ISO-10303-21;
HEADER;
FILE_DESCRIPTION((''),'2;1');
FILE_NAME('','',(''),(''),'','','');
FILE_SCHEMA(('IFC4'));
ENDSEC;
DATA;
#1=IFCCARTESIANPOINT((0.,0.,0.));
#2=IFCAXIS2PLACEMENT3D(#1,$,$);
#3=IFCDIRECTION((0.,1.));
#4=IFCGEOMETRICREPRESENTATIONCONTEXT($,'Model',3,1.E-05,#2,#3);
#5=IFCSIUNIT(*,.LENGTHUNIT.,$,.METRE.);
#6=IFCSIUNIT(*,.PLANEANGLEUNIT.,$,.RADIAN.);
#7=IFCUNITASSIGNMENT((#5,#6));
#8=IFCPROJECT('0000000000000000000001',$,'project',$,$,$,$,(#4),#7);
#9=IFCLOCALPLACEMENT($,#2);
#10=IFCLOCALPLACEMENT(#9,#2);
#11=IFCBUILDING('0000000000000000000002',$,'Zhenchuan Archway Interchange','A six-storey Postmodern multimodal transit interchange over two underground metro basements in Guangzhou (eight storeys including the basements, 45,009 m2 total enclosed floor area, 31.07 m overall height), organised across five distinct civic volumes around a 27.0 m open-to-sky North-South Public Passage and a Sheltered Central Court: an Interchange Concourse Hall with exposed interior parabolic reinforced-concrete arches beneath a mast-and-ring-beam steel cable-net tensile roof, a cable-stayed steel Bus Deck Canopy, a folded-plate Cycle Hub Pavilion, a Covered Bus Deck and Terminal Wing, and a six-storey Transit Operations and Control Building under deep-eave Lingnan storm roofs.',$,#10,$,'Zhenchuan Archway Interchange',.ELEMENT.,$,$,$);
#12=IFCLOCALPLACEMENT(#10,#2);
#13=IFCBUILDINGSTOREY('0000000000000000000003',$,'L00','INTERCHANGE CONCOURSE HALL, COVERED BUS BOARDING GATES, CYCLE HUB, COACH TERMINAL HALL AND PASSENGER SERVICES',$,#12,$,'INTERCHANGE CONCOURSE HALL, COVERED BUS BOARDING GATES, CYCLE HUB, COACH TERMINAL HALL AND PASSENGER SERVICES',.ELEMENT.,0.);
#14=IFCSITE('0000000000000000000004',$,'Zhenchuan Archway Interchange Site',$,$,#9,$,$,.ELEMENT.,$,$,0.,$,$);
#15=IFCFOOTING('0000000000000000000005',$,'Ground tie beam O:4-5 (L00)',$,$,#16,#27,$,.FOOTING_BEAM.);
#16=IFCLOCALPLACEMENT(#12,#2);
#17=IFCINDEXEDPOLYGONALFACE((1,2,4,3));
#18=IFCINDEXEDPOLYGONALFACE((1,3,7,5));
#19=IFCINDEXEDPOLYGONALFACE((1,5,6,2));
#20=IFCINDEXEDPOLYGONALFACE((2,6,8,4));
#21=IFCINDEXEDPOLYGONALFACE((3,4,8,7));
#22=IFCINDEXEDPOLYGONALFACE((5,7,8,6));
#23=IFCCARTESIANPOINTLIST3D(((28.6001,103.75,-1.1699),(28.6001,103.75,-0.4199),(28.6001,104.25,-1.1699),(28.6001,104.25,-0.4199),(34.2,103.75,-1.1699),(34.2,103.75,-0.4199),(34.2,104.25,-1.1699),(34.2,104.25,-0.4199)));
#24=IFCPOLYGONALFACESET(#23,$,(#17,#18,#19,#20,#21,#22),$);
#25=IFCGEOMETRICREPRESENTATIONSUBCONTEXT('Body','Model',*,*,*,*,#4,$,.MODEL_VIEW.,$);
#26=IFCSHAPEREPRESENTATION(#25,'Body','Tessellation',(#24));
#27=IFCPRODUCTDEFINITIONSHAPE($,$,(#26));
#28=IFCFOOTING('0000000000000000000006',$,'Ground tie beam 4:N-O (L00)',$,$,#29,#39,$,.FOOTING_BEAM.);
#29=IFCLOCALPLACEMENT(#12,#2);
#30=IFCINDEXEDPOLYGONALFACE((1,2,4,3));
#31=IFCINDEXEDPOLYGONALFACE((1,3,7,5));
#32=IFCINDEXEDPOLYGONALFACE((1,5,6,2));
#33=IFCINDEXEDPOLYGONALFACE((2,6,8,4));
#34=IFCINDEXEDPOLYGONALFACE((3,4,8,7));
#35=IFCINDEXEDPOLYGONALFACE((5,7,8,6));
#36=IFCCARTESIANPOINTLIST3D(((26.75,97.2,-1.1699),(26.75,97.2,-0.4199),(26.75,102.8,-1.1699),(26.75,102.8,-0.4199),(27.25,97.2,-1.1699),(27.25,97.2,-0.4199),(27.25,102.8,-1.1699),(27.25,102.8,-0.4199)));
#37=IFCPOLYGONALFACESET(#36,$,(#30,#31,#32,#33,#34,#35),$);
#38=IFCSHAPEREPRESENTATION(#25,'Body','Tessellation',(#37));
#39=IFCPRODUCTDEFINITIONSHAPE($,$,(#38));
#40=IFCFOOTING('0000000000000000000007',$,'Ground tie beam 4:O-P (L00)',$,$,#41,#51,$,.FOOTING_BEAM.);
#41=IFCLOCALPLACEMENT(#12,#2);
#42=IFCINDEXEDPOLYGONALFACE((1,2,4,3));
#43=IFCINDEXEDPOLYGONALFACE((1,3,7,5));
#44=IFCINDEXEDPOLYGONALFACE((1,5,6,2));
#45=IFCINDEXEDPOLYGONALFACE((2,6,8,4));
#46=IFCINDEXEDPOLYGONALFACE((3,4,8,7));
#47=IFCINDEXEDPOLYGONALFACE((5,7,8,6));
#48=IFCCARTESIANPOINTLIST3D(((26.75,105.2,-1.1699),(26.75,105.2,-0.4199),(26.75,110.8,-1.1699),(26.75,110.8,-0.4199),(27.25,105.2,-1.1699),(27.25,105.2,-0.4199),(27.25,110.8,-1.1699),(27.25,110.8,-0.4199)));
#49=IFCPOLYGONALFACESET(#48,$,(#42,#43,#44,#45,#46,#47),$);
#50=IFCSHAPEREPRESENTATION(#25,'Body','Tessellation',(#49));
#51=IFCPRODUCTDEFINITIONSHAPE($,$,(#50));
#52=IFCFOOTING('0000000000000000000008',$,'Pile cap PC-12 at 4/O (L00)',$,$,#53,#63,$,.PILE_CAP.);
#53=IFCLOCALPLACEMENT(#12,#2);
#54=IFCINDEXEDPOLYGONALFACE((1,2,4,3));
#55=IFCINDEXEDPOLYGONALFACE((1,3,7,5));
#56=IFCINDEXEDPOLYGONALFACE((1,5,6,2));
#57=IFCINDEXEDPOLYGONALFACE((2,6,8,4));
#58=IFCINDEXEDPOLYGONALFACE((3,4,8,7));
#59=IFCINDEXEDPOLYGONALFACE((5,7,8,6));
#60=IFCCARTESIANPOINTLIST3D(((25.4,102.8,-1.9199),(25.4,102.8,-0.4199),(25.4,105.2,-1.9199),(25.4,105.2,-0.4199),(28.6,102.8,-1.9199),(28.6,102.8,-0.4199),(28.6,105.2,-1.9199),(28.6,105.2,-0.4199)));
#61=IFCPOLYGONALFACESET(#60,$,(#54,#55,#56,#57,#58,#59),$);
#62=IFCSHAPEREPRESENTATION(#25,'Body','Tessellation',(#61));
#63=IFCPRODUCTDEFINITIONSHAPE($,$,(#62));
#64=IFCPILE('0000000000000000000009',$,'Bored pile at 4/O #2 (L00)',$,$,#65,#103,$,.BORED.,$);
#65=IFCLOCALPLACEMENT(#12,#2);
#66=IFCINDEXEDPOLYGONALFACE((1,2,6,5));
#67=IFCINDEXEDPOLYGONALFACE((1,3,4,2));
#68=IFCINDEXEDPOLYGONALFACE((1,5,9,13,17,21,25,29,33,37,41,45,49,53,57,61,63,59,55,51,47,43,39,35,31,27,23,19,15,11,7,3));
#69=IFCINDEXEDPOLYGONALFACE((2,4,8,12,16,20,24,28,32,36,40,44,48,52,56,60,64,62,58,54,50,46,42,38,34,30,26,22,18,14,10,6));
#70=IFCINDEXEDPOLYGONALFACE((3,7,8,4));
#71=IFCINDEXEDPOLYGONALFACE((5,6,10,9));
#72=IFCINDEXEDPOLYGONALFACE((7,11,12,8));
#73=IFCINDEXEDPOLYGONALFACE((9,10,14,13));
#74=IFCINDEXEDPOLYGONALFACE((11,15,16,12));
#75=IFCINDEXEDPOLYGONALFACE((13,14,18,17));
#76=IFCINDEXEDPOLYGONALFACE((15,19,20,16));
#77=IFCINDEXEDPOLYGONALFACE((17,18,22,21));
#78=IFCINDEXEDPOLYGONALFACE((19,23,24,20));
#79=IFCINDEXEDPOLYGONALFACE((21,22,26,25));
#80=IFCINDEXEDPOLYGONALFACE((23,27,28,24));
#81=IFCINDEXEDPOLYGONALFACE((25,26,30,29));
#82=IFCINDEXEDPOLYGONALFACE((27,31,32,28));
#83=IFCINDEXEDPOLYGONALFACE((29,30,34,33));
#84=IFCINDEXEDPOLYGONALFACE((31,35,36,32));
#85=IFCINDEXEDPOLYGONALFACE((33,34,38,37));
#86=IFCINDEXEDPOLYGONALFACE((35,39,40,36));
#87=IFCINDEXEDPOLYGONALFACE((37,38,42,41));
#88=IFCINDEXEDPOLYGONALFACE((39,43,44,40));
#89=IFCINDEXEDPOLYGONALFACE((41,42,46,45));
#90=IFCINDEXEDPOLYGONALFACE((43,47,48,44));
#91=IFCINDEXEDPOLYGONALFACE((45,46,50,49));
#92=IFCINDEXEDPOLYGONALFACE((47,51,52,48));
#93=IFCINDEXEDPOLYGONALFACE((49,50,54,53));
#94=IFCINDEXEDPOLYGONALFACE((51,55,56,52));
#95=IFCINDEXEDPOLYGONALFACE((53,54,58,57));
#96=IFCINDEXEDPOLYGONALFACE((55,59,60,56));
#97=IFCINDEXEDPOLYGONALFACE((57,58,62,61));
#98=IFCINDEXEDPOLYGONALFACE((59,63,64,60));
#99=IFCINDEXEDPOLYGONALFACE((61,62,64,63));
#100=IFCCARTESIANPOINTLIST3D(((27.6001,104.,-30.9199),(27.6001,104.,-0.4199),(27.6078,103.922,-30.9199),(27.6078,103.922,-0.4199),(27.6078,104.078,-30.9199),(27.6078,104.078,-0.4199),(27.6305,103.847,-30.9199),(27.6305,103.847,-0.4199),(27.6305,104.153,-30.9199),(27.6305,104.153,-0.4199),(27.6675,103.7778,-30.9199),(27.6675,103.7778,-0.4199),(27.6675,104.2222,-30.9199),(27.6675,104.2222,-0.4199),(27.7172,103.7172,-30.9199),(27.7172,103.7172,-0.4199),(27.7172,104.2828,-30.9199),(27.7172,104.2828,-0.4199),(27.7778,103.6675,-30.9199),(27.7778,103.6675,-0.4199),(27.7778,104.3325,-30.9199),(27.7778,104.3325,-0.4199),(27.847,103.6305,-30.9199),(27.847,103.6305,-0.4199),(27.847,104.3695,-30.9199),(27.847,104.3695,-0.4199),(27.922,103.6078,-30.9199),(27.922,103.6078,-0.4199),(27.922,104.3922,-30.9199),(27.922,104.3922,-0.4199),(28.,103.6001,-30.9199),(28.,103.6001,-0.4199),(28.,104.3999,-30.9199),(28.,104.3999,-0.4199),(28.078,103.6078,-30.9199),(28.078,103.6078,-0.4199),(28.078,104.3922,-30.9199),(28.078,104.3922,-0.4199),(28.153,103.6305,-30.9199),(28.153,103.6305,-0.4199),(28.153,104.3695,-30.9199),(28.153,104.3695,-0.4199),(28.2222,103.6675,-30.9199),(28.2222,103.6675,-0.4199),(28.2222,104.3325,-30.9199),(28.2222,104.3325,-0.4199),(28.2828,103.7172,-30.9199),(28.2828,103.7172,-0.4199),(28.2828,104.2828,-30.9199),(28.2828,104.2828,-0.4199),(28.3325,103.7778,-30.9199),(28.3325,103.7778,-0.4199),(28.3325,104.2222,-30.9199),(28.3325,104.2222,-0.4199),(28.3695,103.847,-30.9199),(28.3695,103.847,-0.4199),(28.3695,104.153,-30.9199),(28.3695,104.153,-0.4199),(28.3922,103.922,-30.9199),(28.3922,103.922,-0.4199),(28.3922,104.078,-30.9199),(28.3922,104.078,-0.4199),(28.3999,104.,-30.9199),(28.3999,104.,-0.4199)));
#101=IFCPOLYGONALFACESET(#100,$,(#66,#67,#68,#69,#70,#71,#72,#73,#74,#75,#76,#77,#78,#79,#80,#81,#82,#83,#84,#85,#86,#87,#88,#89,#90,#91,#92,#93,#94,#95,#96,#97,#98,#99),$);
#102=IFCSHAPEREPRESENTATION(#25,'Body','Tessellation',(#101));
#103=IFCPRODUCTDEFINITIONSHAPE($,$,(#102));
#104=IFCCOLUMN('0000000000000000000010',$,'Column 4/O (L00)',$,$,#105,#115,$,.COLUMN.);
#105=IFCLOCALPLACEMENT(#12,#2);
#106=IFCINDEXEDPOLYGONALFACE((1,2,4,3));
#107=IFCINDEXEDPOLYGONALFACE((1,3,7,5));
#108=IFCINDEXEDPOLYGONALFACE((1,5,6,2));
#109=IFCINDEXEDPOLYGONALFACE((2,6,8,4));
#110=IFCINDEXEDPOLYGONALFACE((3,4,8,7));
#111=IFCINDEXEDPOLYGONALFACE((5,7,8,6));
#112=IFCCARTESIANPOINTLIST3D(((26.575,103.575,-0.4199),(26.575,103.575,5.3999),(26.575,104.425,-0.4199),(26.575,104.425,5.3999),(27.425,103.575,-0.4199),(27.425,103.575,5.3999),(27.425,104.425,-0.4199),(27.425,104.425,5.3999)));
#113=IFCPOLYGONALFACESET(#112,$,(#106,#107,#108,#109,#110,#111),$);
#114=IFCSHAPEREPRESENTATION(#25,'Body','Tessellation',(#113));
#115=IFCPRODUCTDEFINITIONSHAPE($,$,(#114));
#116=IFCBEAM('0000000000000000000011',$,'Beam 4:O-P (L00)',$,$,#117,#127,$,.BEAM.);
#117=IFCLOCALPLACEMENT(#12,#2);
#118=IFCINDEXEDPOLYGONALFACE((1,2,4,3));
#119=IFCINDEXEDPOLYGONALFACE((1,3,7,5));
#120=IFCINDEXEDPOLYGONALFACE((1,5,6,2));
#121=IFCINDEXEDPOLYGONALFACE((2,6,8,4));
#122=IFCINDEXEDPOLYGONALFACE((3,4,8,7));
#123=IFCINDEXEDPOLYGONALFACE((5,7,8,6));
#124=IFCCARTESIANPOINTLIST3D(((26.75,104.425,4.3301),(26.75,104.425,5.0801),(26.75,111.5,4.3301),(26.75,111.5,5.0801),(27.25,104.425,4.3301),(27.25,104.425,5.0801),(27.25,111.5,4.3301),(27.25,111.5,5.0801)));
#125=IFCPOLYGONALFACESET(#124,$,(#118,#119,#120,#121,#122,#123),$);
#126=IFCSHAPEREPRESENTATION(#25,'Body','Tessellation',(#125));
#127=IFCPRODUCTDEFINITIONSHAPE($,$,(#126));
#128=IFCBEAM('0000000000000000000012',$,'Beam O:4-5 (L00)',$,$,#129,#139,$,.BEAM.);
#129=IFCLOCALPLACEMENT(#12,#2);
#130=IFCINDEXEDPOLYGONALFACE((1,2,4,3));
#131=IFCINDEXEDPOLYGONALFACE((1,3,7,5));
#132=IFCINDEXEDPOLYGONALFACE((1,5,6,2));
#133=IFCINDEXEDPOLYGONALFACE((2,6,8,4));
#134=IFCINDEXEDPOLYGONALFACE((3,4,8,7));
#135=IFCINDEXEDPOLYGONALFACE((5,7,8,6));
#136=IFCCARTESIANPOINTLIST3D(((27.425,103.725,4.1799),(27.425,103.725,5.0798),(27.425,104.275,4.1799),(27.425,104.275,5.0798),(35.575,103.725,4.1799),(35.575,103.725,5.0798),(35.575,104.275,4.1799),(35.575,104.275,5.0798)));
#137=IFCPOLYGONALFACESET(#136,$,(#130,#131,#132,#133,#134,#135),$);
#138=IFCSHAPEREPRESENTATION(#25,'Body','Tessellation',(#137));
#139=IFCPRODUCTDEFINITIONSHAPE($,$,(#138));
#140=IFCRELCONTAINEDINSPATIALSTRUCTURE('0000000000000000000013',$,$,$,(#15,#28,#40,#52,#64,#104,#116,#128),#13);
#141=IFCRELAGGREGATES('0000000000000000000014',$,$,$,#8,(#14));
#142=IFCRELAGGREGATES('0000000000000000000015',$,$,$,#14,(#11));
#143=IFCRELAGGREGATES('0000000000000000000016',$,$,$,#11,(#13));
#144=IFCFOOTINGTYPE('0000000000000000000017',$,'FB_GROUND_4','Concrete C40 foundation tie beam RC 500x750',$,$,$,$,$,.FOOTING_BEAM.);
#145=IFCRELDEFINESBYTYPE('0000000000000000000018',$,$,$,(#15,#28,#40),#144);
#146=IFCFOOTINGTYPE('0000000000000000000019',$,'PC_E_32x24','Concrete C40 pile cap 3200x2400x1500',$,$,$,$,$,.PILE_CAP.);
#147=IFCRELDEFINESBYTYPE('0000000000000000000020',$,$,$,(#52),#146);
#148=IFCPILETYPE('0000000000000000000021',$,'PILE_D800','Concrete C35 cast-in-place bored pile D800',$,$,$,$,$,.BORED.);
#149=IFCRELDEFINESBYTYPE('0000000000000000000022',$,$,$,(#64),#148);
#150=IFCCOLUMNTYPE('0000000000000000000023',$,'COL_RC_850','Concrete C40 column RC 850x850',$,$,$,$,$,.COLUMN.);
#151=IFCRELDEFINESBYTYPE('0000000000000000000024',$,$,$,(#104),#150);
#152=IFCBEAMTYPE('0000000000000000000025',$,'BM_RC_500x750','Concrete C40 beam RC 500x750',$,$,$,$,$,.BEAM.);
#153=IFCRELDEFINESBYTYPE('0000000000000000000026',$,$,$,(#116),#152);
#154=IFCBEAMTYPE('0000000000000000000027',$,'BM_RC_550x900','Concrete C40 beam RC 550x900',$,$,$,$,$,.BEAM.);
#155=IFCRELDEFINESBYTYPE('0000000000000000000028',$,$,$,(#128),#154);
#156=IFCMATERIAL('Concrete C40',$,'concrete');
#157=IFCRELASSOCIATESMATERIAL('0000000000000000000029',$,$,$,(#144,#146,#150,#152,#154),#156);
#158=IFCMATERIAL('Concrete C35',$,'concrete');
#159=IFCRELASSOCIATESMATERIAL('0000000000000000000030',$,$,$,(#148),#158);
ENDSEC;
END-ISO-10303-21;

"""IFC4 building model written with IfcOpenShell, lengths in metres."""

from ifc_helpers import new_model, si_unit, direction, frame, origin, origin_2d, place, context, subcontext, project, spatial, rectangle, circle, extrude, material, material_profile, profile_set, type_object, element, save


model = new_model("IFC4")

# Units and contexts
model_context = context("Model", 3, precision=1e-05, world=origin(), true_north=direction((0.0, 1.0)))
body_context = subcontext(model_context, "Body", "Model", "MODEL_VIEW")
ifc_project = project(units=[si_unit("LENGTHUNIT", "METRE"), si_unit("PLANEANGLEUNIT", "RADIAN")], contexts=[model_context])

# Site, building, storey
site_placement = place(None, origin())
site = spatial("IfcSite", under=ifc_project, at=site_placement, Name="Zhenchuan Archway Interchange Site", CompositionType="ELEMENT", RefElevation=0.0)
building_placement = place(site_placement, origin())
building = spatial("IfcBuilding", under=site, at=building_placement, Name="Zhenchuan Archway Interchange", Description="A six-storey Postmodern multimodal transit interchange over two underground metro basements in Guangzhou (eight storeys including the basements, 45,009 m2 total enclosed floor area, 31.07 m overall height), organised across five distinct civic volumes around a 27.0 m open-to-sky North-South Public Passage and a Sheltered Central Court: an Interchange Concourse Hall with exposed interior parabolic reinforced-concrete arches beneath a mast-and-ring-beam steel cable-net tensile roof, a cable-stayed steel Bus Deck Canopy, a folded-plate Cycle Hub Pavilion, a Covered Bus Deck and Terminal Wing, and a six-storey Transit Operations and Control Building under deep-eave Lingnan storm roofs.", LongName="Zhenchuan Archway Interchange", CompositionType="ELEMENT")
storey_placement = place(building_placement, origin())
storey = spatial("IfcBuildingStorey", under=building, at=storey_placement, Name="L00", Description="INTERCHANGE CONCOURSE HALL, COVERED BUS BOARDING GATES, CYCLE HUB, COACH TERMINAL HALL AND PASSENGER SERVICES", LongName="INTERCHANGE CONCOURSE HALL, COVERED BUS BOARDING GATES, CYCLE HUB, COACH TERMINAL HALL AND PASSENGER SERVICES", CompositionType="ELEMENT", Elevation=0.0)

# Footings
ifc_material_1 = material(Name="Concrete C40", Category="concrete")
ifc_material_profile_1 = material_profile(ifc_material_1, rectangle(XDim=0.5, YDim=0.75, at=origin_2d()), Name="RC 500x750")
ifc_profile_set_1 = profile_set([ifc_material_profile_1], Name="Concrete C40")
footing_type_1 = type_object("IfcFootingType", Name="FB_GROUND_4", Description="Concrete C40 foundation tie beam RC 500x750", PredefinedType="FOOTING_BEAM", material=ifc_profile_set_1)
footing_1_placement = place(storey_placement, frame((28.6001, 104.0, -0.7949), z_axis=(1.0, 0.0, 0.0), x_axis=(0.0, 1.0, 0.0)))
element("IfcFooting", 1, at=footing_1_placement, inside=storey, type_object=footing_type_1, Name="Ground tie beam O:4-5 (L00)", PredefinedType="FOOTING_BEAM", context=body_context, shape_type="SweptSolid", body=[
    extrude(rectangle(XDim=0.5, YDim=0.75, at=origin_2d()), origin(), (0.0, 0.0, 1.0), 5.5999),
])
for number, where, z_axis, x_axis, name in (
    (2, (27.0, 97.2, -0.7949), (0.0, 1.0, 0.0), (-1.0, 0.0, 0.0), "Ground tie beam 4:N-O (L00)"),
    (3, (27.0, 105.2, -0.7949), (0.0, 1.0, 0.0), (-1.0, 0.0, 0.0), "Ground tie beam 4:O-P (L00)"),
):
    element("IfcFooting", number, at=place(storey_placement, frame(where, z_axis=z_axis, x_axis=x_axis)), inside=storey, type_object=footing_type_1, Name=name, PredefinedType="FOOTING_BEAM", context=body_context, shape_type="SweptSolid", body=[
        extrude(rectangle(XDim=0.5, YDim=0.75, at=origin_2d()), origin(), (0.0, 0.0, 1.0), 5.6001),
    ])
footing_type_2 = type_object("IfcFootingType", Name="PC_E_32x24", Description="Concrete C40 pile cap 3200x2400x1500", PredefinedType="PILE_CAP", material=ifc_material_1)
footing_2_placement = place(storey_placement, frame((27.0, 104.0, -1.9199), z_axis=(0.0, 0.0, 1.0), x_axis=(1.0, 0.0, 0.0)))
element("IfcFooting", 4, at=footing_2_placement, inside=storey, type_object=footing_type_2, Name="Pile cap PC-12 at 4/O (L00)", PredefinedType="PILE_CAP", context=body_context, shape_type="SweptSolid", body=[
    extrude(rectangle(XDim=3.2, YDim=2.3999, at=origin_2d()), origin(), (0.0, 0.0, 1.0), 1.5),
])

# Pile
ifc_material_2 = material(Name="Concrete C35", Category="concrete")
ifc_material_profile_2 = material_profile(ifc_material_2, circle(Radius=0.3999, at=origin_2d()), Name="BORED PILE 800")
ifc_profile_set_2 = profile_set([ifc_material_profile_2], Name="Concrete C35")
pile_type = type_object("IfcPileType", Name="PILE_D800", Description="Concrete C35 cast-in-place bored pile D800", PredefinedType="BORED", material=ifc_profile_set_2)
pile_placement = place(storey_placement, frame((28.0, 104.0, -0.4199), z_axis=(0.0, 0.0, -1.0), x_axis=(1.0, 0.0, 0.0)))
element("IfcPile", 5, at=pile_placement, inside=storey, type_object=pile_type, Name="Bored pile at 4/O #2 (L00)", PredefinedType="BORED", context=body_context, shape_type="SweptSolid", body=[
    extrude(circle(Radius=0.3999, at=origin_2d()), origin(), (0.0, 0.0, 1.0), 30.5),
])

# Column
ifc_material_profile_3 = material_profile(ifc_material_1, rectangle(XDim=0.8501, YDim=0.8501, at=origin_2d()), Name="RC 850x850")
ifc_profile_set_3 = profile_set([ifc_material_profile_3], Name="Concrete C40")
column_type = type_object("IfcColumnType", Name="COL_RC_850", Description="Concrete C40 column RC 850x850", PredefinedType="COLUMN", material=ifc_profile_set_3)
column_placement = place(storey_placement, frame((27.0, 104.0, -0.4199), z_axis=(0.0, 0.0, 1.0), x_axis=(1.0, 0.0, 0.0)))
element("IfcColumn", 6, at=column_placement, inside=storey, type_object=column_type, Name="Column 4/O (L00)", PredefinedType="COLUMN", context=body_context, shape_type="SweptSolid", body=[
    extrude(rectangle(XDim=0.8501, YDim=0.8501, at=origin_2d()), origin(), (0.0, 0.0, 1.0), 5.8198),
])

# Beams
ifc_material_profile_4 = material_profile(ifc_material_1, rectangle(XDim=0.5, YDim=0.75, at=origin_2d()), Name="RC 500x750")
ifc_profile_set_4 = profile_set([ifc_material_profile_4], Name="Concrete C40")
beam_type_1 = type_object("IfcBeamType", Name="BM_RC_500x750", Description="Concrete C40 beam RC 500x750", PredefinedType="BEAM", material=ifc_profile_set_4)
beam_1_placement = place(storey_placement, frame((27.0, 104.425, 4.7051), z_axis=(0.0, 1.0, 0.0), x_axis=(-1.0, 0.0, 0.0)))
element("IfcBeam", 7, at=beam_1_placement, inside=storey, type_object=beam_type_1, Name="Beam 4:O-P (L00)", PredefinedType="BEAM", context=body_context, shape_type="SweptSolid", body=[
    extrude(rectangle(XDim=0.5, YDim=0.75, at=origin_2d()), origin(), (0.0, 0.0, 1.0), 7.075),
])
ifc_material_profile_5 = material_profile(ifc_material_1, rectangle(XDim=0.55, YDim=0.8999, at=origin_2d()), Name="RC 550x900")
ifc_profile_set_5 = profile_set([ifc_material_profile_5], Name="Concrete C40")
beam_type_2 = type_object("IfcBeamType", Name="BM_RC_550x900", Description="Concrete C40 beam RC 550x900", PredefinedType="BEAM", material=ifc_profile_set_5)
beam_2_placement = place(storey_placement, frame((27.425, 104.0, 4.6299), z_axis=(1.0, 0.0, 0.0), x_axis=(0.0, 1.0, 0.0)))
element("IfcBeam", 8, at=beam_2_placement, inside=storey, type_object=beam_type_2, Name="Beam O:4-5 (L00)", PredefinedType="BEAM", context=body_context, shape_type="SweptSolid", body=[
    extrude(rectangle(XDim=0.55, YDim=0.8999, at=origin_2d()), origin(), (0.0, 0.0, 1.0), 8.1499),
])

save(model, "model.ifc")
